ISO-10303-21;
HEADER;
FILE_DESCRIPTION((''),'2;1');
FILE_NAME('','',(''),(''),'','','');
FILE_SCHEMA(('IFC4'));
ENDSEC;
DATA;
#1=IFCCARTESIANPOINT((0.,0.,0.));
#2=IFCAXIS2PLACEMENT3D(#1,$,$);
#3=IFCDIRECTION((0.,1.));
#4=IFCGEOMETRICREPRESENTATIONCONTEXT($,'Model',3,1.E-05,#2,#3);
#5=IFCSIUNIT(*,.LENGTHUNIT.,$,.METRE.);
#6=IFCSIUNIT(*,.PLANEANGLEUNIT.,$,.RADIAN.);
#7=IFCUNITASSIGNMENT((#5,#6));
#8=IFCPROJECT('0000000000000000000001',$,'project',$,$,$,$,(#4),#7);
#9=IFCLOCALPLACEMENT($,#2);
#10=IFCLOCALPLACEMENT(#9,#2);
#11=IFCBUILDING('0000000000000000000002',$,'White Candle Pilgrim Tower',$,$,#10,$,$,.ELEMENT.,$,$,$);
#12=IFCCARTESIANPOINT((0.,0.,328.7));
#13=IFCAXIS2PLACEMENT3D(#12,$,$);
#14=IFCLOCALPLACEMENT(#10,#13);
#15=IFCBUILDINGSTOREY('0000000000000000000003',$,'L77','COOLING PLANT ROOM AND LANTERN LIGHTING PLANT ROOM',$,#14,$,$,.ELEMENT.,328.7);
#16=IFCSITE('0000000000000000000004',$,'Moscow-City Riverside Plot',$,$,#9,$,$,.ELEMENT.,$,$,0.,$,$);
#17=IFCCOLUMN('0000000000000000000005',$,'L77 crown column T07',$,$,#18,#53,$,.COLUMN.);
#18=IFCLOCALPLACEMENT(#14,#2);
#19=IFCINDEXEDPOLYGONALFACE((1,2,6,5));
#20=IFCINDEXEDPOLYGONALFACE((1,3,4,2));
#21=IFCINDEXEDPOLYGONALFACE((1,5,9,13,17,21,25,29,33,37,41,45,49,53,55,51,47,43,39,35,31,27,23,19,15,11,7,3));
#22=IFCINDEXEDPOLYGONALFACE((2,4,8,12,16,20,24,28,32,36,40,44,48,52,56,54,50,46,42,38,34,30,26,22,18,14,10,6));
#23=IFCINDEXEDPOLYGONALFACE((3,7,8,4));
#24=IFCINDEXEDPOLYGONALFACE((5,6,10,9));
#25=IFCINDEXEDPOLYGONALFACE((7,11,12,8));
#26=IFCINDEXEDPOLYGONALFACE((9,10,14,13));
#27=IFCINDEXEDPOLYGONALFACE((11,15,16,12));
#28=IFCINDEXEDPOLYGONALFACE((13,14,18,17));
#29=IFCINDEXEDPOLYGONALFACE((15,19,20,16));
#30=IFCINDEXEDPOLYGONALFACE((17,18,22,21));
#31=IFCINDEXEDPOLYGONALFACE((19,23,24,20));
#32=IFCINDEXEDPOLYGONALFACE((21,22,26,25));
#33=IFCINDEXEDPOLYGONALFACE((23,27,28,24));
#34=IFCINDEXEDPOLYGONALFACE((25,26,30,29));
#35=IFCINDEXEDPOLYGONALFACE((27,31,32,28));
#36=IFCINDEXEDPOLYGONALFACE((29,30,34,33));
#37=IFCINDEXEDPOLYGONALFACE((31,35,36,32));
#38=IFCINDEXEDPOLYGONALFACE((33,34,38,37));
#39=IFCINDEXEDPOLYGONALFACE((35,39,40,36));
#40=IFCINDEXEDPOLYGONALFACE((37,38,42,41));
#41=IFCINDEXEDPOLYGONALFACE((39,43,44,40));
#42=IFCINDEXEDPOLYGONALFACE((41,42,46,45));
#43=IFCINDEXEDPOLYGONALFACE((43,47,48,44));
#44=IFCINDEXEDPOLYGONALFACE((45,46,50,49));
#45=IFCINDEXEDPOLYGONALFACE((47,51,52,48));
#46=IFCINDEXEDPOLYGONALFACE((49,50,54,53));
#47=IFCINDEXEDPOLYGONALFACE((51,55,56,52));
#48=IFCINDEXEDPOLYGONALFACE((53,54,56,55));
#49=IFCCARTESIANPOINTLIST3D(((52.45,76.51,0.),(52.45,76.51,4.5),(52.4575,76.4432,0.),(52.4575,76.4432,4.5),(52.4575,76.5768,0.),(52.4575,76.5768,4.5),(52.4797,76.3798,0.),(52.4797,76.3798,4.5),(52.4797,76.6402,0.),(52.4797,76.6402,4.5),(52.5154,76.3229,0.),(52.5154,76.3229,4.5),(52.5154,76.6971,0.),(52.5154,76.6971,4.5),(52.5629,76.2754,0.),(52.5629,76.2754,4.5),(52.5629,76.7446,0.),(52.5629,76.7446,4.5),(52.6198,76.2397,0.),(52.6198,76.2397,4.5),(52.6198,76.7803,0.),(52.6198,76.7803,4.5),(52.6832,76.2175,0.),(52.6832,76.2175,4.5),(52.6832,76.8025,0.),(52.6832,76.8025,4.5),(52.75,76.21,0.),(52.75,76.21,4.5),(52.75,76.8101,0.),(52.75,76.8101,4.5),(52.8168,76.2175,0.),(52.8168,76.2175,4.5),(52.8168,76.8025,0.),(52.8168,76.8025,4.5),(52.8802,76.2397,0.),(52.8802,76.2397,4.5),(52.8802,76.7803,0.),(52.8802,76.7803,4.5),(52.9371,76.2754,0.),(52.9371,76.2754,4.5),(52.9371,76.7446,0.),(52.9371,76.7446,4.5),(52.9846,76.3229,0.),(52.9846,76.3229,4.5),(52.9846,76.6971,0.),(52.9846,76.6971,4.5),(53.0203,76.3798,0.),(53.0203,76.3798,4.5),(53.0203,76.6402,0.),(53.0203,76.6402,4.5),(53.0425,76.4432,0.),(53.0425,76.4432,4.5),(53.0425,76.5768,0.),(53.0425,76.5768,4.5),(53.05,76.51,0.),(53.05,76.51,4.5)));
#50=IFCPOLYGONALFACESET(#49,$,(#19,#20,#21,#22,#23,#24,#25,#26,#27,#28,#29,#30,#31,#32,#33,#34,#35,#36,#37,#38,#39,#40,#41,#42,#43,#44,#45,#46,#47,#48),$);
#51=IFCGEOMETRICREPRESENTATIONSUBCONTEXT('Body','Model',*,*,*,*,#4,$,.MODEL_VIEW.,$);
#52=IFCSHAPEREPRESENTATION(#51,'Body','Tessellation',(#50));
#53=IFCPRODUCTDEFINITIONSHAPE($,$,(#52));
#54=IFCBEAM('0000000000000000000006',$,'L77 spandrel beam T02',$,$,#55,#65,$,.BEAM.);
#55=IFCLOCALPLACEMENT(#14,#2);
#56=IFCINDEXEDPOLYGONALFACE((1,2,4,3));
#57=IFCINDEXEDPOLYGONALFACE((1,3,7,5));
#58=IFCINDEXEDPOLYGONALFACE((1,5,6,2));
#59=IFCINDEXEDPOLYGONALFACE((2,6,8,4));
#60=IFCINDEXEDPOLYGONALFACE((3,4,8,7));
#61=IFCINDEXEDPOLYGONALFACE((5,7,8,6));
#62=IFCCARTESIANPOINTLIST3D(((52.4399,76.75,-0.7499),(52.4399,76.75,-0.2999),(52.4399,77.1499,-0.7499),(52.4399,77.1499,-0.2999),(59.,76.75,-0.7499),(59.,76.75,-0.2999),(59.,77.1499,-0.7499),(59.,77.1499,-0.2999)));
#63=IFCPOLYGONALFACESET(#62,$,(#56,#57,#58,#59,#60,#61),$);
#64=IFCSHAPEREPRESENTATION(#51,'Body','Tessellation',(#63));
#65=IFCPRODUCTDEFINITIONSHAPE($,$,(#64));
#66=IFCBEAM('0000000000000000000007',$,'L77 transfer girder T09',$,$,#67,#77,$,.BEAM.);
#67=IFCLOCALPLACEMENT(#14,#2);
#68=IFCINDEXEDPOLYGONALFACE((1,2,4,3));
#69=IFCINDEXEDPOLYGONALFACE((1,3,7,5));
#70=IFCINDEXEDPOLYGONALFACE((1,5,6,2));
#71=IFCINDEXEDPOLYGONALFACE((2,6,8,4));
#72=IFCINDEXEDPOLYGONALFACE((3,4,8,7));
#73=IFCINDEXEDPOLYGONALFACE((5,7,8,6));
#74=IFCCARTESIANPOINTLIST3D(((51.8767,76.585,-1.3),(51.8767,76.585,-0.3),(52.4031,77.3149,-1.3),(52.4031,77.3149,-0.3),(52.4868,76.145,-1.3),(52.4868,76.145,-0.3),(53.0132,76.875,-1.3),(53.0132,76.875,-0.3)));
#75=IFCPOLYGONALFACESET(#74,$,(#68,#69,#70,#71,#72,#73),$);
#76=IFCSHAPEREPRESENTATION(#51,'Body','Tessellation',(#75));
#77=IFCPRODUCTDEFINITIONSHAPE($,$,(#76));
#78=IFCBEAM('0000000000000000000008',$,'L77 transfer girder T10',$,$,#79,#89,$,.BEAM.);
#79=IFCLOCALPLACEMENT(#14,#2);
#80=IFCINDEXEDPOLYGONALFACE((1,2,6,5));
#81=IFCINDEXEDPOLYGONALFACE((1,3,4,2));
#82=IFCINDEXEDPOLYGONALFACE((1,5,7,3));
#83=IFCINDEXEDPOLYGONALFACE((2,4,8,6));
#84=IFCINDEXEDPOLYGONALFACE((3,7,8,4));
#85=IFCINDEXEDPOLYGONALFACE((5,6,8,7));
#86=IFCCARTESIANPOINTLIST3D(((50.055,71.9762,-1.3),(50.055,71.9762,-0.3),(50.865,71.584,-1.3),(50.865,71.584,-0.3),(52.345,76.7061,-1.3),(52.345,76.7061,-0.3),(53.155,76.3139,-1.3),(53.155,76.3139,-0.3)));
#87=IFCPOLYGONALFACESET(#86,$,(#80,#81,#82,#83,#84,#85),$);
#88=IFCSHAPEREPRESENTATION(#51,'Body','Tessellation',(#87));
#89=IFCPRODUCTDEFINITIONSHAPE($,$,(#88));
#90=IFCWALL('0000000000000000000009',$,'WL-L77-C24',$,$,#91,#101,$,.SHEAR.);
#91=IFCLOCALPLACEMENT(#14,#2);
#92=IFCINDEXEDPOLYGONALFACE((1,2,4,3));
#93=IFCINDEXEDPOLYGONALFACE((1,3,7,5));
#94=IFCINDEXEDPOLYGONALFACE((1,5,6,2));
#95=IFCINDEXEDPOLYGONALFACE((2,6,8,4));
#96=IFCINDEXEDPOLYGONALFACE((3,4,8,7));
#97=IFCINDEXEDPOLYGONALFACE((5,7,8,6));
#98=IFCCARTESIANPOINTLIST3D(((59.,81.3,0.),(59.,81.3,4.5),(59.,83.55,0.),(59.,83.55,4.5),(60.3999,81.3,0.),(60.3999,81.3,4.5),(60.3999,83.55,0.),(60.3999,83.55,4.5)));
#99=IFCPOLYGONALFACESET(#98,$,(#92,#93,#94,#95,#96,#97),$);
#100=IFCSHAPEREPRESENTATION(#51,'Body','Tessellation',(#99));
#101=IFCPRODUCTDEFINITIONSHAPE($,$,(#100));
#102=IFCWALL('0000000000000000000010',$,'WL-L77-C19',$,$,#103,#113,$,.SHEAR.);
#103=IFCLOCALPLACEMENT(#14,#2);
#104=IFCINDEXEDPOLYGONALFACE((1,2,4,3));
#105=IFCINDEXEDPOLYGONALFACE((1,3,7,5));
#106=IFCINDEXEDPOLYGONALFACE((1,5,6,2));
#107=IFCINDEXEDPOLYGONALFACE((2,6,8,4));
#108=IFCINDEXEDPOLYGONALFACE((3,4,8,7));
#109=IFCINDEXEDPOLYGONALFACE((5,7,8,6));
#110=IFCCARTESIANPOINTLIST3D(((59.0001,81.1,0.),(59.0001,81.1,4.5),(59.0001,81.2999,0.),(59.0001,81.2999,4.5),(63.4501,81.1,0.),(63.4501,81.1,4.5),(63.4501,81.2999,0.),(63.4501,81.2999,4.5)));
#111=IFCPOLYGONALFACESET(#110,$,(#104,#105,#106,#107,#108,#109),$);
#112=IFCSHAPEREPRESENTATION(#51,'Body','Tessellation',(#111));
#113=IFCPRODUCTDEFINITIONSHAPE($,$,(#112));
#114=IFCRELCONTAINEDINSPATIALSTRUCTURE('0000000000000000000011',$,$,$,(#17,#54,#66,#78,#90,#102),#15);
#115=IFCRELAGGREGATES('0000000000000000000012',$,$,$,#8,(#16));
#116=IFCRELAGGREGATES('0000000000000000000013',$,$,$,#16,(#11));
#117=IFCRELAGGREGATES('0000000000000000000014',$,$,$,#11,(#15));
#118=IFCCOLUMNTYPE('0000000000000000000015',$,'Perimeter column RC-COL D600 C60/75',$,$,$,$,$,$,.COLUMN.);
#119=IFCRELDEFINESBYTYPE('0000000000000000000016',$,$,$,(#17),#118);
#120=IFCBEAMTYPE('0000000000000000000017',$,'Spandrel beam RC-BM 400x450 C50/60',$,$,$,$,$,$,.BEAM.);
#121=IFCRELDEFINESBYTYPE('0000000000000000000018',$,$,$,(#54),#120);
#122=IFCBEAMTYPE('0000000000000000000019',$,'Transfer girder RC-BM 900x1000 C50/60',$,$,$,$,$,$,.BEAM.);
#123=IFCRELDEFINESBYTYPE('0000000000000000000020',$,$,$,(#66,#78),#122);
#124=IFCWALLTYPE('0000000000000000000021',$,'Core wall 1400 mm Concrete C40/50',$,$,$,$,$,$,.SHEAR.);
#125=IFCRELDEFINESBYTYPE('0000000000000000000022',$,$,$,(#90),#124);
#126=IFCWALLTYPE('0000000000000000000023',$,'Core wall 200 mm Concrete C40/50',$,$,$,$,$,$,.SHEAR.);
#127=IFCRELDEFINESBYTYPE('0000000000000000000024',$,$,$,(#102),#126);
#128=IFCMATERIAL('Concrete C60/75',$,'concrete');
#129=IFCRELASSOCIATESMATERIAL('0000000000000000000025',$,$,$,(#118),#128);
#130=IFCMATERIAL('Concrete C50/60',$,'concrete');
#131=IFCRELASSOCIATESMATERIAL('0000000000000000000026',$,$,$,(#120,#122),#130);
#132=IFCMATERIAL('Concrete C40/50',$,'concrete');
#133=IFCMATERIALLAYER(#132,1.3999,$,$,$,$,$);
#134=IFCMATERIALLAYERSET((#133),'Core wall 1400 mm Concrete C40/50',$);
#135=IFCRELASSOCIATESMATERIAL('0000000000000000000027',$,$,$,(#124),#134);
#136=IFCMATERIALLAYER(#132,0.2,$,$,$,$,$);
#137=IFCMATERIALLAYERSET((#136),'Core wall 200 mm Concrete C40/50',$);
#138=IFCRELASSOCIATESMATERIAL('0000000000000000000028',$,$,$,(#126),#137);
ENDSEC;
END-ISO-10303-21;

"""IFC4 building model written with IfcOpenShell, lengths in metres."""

from ifc_helpers import new_model, si_unit, direction, frame, frame_2d, origin, origin_2d, place, context, subcontext, project, spatial, rectangle, circle, extrude, material, layer, layer_set, material_profile, profile_set, type_object, element, save


model = new_model("IFC4")

# Units and contexts
model_context = context("Model", 3, precision=1e-05, world=origin(), true_north=direction((0.0, 1.0)))
body_context = subcontext(model_context, "Body", "Model", "MODEL_VIEW")
ifc_project = project(units=[si_unit("LENGTHUNIT", "METRE"), si_unit("PLANEANGLEUNIT", "RADIAN")], contexts=[model_context])

# Site, building, storey
site_placement = place(None, origin())
site = spatial("IfcSite", under=ifc_project, at=site_placement, Name="Moscow-City Riverside Plot", CompositionType="ELEMENT", RefElevation=0.0)
building_placement = place(site_placement, origin())
building = spatial("IfcBuilding", under=site, at=building_placement, Name="White Candle Pilgrim Tower", CompositionType="ELEMENT")
storey_placement = place(building_placement, frame((0.0, 0.0, 328.7)))
storey = spatial("IfcBuildingStorey", under=building, at=storey_placement, Name="L77", Description="COOLING PLANT ROOM AND LANTERN LIGHTING PLANT ROOM", CompositionType="ELEMENT", Elevation=328.7)

# Column
ifc_material_1 = material(Name="Concrete C60/75", Category="concrete")
ifc_material_profile_1 = material_profile(ifc_material_1, circle(Radius=0.3, at=origin_2d()), Name="RC-COL D600")
ifc_profile_set_1 = profile_set([ifc_material_profile_1], Name="Concrete C60/75")
column_type = type_object("IfcColumnType", Name="Perimeter column RC-COL D600 C60/75", PredefinedType="COLUMN", material=ifc_profile_set_1)
column_placement = place(storey_placement, frame((52.75, 76.51, 0.0), z_axis=(0.0, 0.0, 1.0), x_axis=(1.0, 0.0, 0.0)))
element("IfcColumn", 1, at=column_placement, inside=storey, type_object=column_type, Name="L77 crown column T07", PredefinedType="COLUMN", context=body_context, shape_type="SweptSolid", body=[
    extrude(circle(Radius=0.3, at=origin_2d()), origin(), (0.0, 0.0, 1.0), 4.5),
])

# Beams
ifc_material_2 = material(Name="Concrete C50/60", Category="concrete")
ifc_material_profile_2 = material_profile(ifc_material_2, rectangle(XDim=0.3999, YDim=0.45, at=origin_2d()), Name="RC-BM 400x450")
ifc_profile_set_2 = profile_set([ifc_material_profile_2], Name="Concrete C50/60")
beam_type_1 = type_object("IfcBeamType", Name="Spandrel beam RC-BM 400x450 C50/60", PredefinedType="BEAM", material=ifc_profile_set_2)
beam_1_placement = place(storey_placement, frame((52.4399, 76.95, -0.5249), z_axis=(1.0, 0.0, 0.0), x_axis=(0.0, 1.0, 0.0)))
element("IfcBeam", 2, at=beam_1_placement, inside=storey, type_object=beam_type_1, Name="L77 spandrel beam T02", PredefinedType="BEAM", context=body_context, shape_type="SweptSolid", body=[
    extrude(rectangle(XDim=0.3999, YDim=0.45, at=origin_2d()), origin(), (0.0, 0.0, 1.0), 6.5601),
])
ifc_material_profile_3 = material_profile(ifc_material_2, rectangle(XDim=0.8999, YDim=1.0, at=origin_2d()), Name="RC-BM 900x1000")
ifc_profile_set_3 = profile_set([ifc_material_profile_3], Name="Concrete C50/60")
beam_type_2 = type_object("IfcBeamType", Name="Transfer girder RC-BM 900x1000 C50/60", PredefinedType="BEAM", material=ifc_profile_set_3)
beam_2_placement = place(storey_placement, frame((52.1399, 76.95, -0.8), z_axis=(0.811116, -0.584886, 0.0), x_axis=(0.584886, 0.811116, 0.0)))
element("IfcBeam", 3, at=beam_2_placement, inside=storey, type_object=beam_type_2, Name="L77 transfer girder T09", PredefinedType="BEAM", context=body_context, shape_type="SweptSolid", body=[
    extrude(rectangle(XDim=0.8999, YDim=1.0, at=origin_2d()), origin(), (0.0, 0.0, 1.0), 0.7522),
])
beam_3_placement = place(storey_placement, frame((52.75, 76.51, -0.8), z_axis=(-0.435767, -0.900059, 0.0), x_axis=(0.900059, -0.435767, 0.0)))
element("IfcBeam", 4, at=beam_3_placement, inside=storey, type_object=beam_type_2, Name="L77 transfer girder T10", PredefinedType="BEAM", context=body_context, shape_type="SweptSolid", body=[
    extrude(rectangle(XDim=0.8999, YDim=1.0, at=origin_2d()), origin(), (0.0, 0.0, 1.0), 5.2551),
])

# Walls
ifc_material_3 = material(Name="Concrete C40/50", Category="concrete")
ifc_layer_1 = layer(ifc_material_3, 1.3999)
ifc_layer_set_1 = layer_set([ifc_layer_1], Name="Core wall 1400 mm Concrete C40/50")
wall_type_1 = type_object("IfcWallType", Name="Core wall 1400 mm Concrete C40/50", PredefinedType="SHEAR", material=ifc_layer_set_1)
wall_1_placement = place(storey_placement, frame((59.7, 81.3, 0.0), z_axis=(0.0, 0.0, 1.0), x_axis=(0.0, 1.0, 0.0)))
element("IfcWall", 5, at=wall_1_placement, inside=storey, type_object=wall_type_1, Name="WL-L77-C24", PredefinedType="SHEAR", context=body_context, shape_type="SweptSolid", body=[
    extrude(rectangle(XDim=2.25, YDim=1.3999, at=frame_2d((1.125, 0.0))), origin(), (0.0, 0.0, 1.0), 4.5),
])
ifc_layer_2 = layer(ifc_material_3, 0.2)
ifc_layer_set_2 = layer_set([ifc_layer_2], Name="Core wall 200 mm Concrete C40/50")
wall_type_2 = type_object("IfcWallType", Name="Core wall 200 mm Concrete C40/50", PredefinedType="SHEAR", material=ifc_layer_set_2)
wall_2_placement = place(storey_placement, frame((59.0, 81.2, 0.0), z_axis=(0.0, 0.0, 1.0), x_axis=(1.0, 0.0, 0.0)))
element("IfcWall", 6, at=wall_2_placement, inside=storey, type_object=wall_type_2, Name="WL-L77-C19", PredefinedType="SHEAR", context=body_context, shape_type="SweptSolid", body=[
    extrude(rectangle(XDim=4.45, YDim=0.2, at=frame_2d((2.2251, 0.0))), origin(), (0.0, 0.0, 1.0), 4.5),
])

save(model, "model.ifc")
